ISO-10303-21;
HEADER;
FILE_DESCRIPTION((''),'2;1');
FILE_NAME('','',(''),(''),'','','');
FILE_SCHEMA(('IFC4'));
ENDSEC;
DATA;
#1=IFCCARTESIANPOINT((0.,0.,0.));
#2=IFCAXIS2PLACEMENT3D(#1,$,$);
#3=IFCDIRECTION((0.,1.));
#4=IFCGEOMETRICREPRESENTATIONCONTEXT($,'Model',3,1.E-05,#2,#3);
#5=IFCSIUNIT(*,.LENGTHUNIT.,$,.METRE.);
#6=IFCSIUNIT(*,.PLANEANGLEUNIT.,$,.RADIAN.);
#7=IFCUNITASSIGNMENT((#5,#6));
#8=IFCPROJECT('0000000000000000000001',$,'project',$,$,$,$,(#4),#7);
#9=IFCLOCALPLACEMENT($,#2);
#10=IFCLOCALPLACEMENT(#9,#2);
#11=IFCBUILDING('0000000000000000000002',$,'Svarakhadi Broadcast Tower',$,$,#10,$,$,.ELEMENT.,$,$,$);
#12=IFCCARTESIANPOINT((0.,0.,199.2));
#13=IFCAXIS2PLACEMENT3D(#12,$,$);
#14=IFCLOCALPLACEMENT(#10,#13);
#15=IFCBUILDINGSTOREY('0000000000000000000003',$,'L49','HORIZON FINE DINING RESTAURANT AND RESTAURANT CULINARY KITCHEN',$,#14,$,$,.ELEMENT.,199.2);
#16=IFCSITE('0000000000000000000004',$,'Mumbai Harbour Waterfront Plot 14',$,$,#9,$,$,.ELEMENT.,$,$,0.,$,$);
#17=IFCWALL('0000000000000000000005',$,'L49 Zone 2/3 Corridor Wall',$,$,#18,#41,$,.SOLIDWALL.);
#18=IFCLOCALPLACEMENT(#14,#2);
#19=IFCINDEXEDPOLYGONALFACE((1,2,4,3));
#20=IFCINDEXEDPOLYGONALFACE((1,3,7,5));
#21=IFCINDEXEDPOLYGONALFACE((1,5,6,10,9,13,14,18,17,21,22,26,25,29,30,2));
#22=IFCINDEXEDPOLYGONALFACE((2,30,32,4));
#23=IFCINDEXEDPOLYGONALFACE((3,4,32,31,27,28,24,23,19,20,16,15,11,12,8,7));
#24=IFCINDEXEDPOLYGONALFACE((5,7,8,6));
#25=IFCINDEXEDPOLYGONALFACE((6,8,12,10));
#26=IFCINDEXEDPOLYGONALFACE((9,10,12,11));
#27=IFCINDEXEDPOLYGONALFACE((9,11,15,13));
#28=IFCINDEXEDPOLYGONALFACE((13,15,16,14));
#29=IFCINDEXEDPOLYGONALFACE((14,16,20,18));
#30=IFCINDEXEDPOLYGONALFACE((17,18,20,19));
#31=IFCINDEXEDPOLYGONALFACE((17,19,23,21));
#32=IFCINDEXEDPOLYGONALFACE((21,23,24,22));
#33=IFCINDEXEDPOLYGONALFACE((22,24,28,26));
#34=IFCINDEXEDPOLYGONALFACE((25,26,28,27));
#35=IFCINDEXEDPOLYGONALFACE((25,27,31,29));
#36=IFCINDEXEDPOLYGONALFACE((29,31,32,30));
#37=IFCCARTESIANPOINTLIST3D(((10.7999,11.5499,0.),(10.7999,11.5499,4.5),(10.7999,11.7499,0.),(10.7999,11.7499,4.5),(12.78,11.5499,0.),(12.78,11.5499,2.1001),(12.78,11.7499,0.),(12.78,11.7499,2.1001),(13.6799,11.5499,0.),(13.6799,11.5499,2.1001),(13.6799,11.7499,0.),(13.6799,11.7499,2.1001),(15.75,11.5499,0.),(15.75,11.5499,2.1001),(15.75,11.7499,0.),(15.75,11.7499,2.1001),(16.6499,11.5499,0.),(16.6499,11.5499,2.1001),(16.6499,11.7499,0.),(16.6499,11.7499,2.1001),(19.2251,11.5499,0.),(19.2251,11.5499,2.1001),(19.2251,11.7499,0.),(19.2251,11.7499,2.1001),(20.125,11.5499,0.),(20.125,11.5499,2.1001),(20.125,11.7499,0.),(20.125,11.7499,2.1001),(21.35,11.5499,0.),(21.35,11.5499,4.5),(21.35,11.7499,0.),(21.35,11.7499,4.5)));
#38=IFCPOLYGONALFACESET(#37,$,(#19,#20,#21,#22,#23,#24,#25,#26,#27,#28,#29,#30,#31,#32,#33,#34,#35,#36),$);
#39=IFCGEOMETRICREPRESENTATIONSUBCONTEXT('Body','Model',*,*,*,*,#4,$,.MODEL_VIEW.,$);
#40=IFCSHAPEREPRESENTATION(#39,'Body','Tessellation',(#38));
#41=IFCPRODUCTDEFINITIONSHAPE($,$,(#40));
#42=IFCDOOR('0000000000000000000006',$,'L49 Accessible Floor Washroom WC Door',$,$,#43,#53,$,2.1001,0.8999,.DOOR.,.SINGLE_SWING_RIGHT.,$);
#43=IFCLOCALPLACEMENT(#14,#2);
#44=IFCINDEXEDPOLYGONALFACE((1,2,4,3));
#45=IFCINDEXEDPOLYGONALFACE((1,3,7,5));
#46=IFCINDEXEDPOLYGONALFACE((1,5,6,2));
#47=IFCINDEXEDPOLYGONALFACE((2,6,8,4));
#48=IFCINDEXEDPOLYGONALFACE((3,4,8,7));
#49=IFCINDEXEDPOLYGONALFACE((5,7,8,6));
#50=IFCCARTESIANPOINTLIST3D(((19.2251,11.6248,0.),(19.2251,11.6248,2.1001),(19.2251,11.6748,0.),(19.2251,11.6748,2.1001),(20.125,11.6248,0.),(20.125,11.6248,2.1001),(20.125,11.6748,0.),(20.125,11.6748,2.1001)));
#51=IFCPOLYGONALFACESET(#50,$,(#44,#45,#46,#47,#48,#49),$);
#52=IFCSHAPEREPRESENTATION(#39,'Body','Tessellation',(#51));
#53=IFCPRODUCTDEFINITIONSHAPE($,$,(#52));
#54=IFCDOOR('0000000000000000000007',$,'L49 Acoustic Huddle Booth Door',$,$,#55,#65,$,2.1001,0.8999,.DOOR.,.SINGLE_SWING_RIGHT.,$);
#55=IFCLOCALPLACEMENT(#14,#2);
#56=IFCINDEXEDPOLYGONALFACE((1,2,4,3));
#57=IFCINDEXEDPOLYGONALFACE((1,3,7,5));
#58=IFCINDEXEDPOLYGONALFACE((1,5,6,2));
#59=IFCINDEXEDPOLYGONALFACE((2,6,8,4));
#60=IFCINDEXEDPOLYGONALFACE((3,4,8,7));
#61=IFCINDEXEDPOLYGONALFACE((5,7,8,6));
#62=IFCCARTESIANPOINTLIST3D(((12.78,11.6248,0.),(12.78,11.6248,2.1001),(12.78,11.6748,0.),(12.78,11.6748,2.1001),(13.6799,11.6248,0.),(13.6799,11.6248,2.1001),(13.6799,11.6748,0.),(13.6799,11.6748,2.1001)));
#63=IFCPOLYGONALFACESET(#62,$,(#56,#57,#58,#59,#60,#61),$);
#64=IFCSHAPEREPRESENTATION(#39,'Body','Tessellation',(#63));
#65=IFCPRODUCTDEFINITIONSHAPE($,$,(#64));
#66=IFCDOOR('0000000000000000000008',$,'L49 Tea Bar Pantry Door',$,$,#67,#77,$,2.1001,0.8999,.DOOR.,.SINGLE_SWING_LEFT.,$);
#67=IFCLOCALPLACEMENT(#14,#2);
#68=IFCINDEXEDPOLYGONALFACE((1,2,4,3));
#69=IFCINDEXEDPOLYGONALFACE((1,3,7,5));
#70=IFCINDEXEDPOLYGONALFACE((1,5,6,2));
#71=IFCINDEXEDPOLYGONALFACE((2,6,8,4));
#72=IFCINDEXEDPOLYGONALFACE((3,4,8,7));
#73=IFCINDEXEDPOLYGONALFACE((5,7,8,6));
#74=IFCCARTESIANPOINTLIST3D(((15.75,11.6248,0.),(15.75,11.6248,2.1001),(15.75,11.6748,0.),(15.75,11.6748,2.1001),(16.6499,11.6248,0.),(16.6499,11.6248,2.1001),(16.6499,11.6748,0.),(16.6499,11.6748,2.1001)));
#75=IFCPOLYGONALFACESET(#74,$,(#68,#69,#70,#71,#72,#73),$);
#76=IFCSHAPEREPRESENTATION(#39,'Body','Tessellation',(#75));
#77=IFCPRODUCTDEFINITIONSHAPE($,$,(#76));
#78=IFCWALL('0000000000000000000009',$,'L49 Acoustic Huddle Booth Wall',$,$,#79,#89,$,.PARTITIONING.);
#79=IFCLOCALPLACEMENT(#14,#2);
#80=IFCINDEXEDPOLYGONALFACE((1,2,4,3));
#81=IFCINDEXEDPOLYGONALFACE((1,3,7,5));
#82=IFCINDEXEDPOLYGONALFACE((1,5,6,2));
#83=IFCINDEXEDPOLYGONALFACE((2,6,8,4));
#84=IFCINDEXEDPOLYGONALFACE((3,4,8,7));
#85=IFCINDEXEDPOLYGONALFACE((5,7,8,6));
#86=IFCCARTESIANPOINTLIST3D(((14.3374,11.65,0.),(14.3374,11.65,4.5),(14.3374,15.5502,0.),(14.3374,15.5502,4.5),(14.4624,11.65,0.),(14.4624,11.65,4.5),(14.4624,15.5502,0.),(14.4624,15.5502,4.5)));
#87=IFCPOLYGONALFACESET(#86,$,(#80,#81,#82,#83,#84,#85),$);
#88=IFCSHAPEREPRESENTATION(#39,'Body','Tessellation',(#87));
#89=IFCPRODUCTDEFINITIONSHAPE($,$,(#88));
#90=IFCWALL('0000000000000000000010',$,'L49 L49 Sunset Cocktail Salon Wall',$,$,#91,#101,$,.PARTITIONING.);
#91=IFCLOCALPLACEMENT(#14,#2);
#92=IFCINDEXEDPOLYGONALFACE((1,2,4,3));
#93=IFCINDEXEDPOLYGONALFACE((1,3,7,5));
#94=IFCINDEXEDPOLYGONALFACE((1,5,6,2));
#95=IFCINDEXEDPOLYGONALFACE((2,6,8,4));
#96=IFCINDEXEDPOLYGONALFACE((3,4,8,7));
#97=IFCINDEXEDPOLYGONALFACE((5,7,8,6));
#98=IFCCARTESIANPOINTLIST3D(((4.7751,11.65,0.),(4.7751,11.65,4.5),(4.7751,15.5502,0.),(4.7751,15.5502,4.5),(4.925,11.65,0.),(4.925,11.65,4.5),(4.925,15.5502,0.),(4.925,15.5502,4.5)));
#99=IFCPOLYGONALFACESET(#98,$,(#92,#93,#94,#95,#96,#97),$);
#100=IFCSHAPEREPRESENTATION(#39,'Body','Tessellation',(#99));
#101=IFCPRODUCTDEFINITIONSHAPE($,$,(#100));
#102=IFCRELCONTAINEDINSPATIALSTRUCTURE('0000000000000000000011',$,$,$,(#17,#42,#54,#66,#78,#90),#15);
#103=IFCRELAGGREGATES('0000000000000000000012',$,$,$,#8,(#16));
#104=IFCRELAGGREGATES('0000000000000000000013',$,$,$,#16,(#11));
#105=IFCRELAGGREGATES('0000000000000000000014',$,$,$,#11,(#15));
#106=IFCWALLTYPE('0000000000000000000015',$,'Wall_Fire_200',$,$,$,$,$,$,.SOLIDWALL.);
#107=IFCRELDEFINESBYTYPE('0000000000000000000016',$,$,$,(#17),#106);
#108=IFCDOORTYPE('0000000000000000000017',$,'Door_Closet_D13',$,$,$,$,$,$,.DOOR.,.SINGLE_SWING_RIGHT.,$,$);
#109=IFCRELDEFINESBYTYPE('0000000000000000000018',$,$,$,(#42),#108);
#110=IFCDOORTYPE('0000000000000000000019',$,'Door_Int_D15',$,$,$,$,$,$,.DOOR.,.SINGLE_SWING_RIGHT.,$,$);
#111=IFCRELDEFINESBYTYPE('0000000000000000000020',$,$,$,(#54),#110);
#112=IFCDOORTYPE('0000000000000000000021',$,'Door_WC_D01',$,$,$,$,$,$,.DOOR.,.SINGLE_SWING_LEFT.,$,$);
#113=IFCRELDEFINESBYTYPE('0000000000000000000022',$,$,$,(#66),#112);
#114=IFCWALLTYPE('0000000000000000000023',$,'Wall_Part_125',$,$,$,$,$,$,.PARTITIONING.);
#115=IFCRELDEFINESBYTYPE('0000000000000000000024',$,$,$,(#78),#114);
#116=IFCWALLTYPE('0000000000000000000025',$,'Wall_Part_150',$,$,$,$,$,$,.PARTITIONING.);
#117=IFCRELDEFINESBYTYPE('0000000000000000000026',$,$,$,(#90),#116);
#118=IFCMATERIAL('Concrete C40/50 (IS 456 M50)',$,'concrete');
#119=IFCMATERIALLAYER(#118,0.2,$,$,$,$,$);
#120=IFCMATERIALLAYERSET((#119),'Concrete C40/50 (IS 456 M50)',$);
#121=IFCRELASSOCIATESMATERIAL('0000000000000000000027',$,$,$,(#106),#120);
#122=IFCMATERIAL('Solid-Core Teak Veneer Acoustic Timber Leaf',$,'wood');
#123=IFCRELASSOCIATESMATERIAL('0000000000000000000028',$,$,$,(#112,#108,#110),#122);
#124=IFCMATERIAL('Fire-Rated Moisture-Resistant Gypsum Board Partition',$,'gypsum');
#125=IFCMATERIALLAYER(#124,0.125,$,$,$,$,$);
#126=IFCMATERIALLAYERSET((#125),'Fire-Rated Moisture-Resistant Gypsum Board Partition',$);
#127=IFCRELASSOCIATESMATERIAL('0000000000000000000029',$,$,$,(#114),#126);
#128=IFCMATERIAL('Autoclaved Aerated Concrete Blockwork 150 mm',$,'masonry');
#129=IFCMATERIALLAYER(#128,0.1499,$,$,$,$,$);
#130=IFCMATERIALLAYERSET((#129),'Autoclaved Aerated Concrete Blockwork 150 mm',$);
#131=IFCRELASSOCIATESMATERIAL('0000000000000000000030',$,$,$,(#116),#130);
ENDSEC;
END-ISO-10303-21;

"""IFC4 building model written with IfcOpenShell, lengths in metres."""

from ifc_helpers import new_model, si_unit, direction, frame, frame_2d, origin, place, context, subcontext, project, spatial, rectangle, extrude, material, layer, layer_set, type_object, element, fill, save


model = new_model("IFC4")

# Units and contexts
model_context = context("Model", 3, precision=1e-05, world=origin(), true_north=direction((0.0, 1.0)))
body_context = subcontext(model_context, "Body", "Model", "MODEL_VIEW")
ifc_project = project(units=[si_unit("LENGTHUNIT", "METRE"), si_unit("PLANEANGLEUNIT", "RADIAN")], contexts=[model_context])

# Site, building, storey
site_placement = place(None, origin())
site = spatial("IfcSite", under=ifc_project, at=site_placement, Name="Mumbai Harbour Waterfront Plot 14", CompositionType="ELEMENT", RefElevation=0.0)
building_placement = place(site_placement, origin())
building = spatial("IfcBuilding", under=site, at=building_placement, Name="Svarakhadi Broadcast Tower", CompositionType="ELEMENT")
storey_placement = place(building_placement, frame((0.0, 0.0, 199.2)))
storey = spatial("IfcBuildingStorey", under=building, at=storey_placement, Name="L49", Description="HORIZON FINE DINING RESTAURANT AND RESTAURANT CULINARY KITCHEN", CompositionType="ELEMENT", Elevation=199.2)

# Shared definitions
ifc_material_1 = material(Name="Concrete C40/50 (IS 456 M50)", Category="concrete")
ifc_layer_1 = layer(ifc_material_1, 0.2)
ifc_layer_set_1 = layer_set([ifc_layer_1], Name="Concrete C40/50 (IS 456 M50)")
wall_type_1 = type_object("IfcWallType", Name="Wall_Fire_200", PredefinedType="SOLIDWALL", material=ifc_layer_set_1)

# Shared definitions
ifc_material_2 = material(Name="Solid-Core Teak Veneer Acoustic Timber Leaf", Category="wood")
door_type_1 = type_object("IfcDoorType", Name="Door_WC_D01", OperationType="SINGLE_SWING_LEFT", PredefinedType="DOOR", material=ifc_material_2)

# Wall, openings, doors
wall_1_placement = place(storey_placement, frame((10.8, 11.6499, 0.0), z_axis=(0.0, 0.0, 1.0), x_axis=(1.0, 0.0, 0.0)))
wall_1 = element("IfcWall", 1, at=wall_1_placement, inside=storey, type_object=wall_type_1, Name="L49 Zone 2/3 Corridor Wall", PredefinedType="SOLIDWALL", context=body_context, shape_type="SweptSolid", body=[
    extrude(rectangle(XDim=10.55, YDim=0.2, at=frame_2d((5.2749, 0.0))), origin(), (0.0, 0.0, 1.0), 4.5),
])
opening_1_placement = place(wall_1_placement, frame((1.98, 0.0, 0.0)))
opening_1 = element("IfcOpeningElement", 2, at=opening_1_placement, cuts=wall_1, PredefinedType="OPENING", context=body_context, shape_type="SweptSolid", body=[
    extrude(rectangle(XDim=0.8999, YDim=2.1001, at=frame_2d((0.45, 1.05))), frame((0.0, 0.1099, 0.0), z_axis=(0.0, -1.0, 0.0), x_axis=(1.0, 0.0, 0.0)), (0.0, 0.0, 1.0), 0.22),
])
opening_2_placement = place(wall_1_placement, frame((4.95, 0.0, 0.0)))
opening_2 = element("IfcOpeningElement", 3, at=opening_2_placement, cuts=wall_1, PredefinedType="OPENING", context=body_context, shape_type="SweptSolid", body=[
    extrude(rectangle(XDim=0.8999, YDim=2.1001, at=frame_2d((0.45, 1.05))), frame((0.0, 0.1099, 0.0), z_axis=(0.0, -1.0, 0.0), x_axis=(1.0, 0.0, 0.0)), (0.0, 0.0, 1.0), 0.22),
])
opening_3_placement = place(wall_1_placement, frame((8.425, 0.0, 0.0)))
opening_3 = element("IfcOpeningElement", 4, at=opening_3_placement, cuts=wall_1, PredefinedType="OPENING", context=body_context, shape_type="SweptSolid", body=[
    extrude(rectangle(XDim=0.8999, YDim=2.1001, at=frame_2d((0.45, 1.05))), frame((0.0, 0.1099, 0.0), z_axis=(0.0, -1.0, 0.0), x_axis=(1.0, 0.0, 0.0)), (0.0, 0.0, 1.0), 0.22),
])
door_type_2 = type_object("IfcDoorType", Name="Door_Closet_D13", OperationType="SINGLE_SWING_RIGHT", PredefinedType="DOOR", material=ifc_material_2)
door_1_placement = place(opening_3_placement, origin())
door_1 = element("IfcDoor", 5, at=door_1_placement, inside=storey, type_object=door_type_2, Name="L49 Accessible Floor Washroom WC Door", OperationType="SINGLE_SWING_RIGHT", OverallHeight=2.1001, OverallWidth=0.8999, PredefinedType="DOOR", context=body_context, shape_type="SweptSolid", body=[
    extrude(rectangle(XDim=0.8999, YDim=2.1001, at=frame_2d((0.45, 1.05))), frame((0.0, 0.0249, 0.0), z_axis=(0.0, -1.0, 0.0), x_axis=(1.0, 0.0, 0.0)), (0.0, 0.0, 1.0), 0.05),
])
fill(opening_3, door_1)
door_type_3 = type_object("IfcDoorType", Name="Door_Int_D15", OperationType="SINGLE_SWING_RIGHT", PredefinedType="DOOR", material=ifc_material_2)
door_2_placement = place(opening_1_placement, origin())
door_2 = element("IfcDoor", 6, at=door_2_placement, inside=storey, type_object=door_type_3, Name="L49 Acoustic Huddle Booth Door", OperationType="SINGLE_SWING_RIGHT", OverallHeight=2.1001, OverallWidth=0.8999, PredefinedType="DOOR", context=body_context, shape_type="SweptSolid", body=[
    extrude(rectangle(XDim=0.8999, YDim=2.1001, at=frame_2d((0.45, 1.05))), frame((0.0, 0.0249, 0.0), z_axis=(0.0, -1.0, 0.0), x_axis=(1.0, 0.0, 0.0)), (0.0, 0.0, 1.0), 0.05),
])
fill(opening_1, door_2)
door_3_placement = place(opening_2_placement, origin())
door_3 = element("IfcDoor", 7, at=door_3_placement, inside=storey, type_object=door_type_1, Name="L49 Tea Bar Pantry Door", OperationType="SINGLE_SWING_LEFT", OverallHeight=2.1001, OverallWidth=0.8999, PredefinedType="DOOR", context=body_context, shape_type="SweptSolid", body=[
    extrude(rectangle(XDim=0.8999, YDim=2.1001, at=frame_2d((0.45, 1.05))), frame((0.0, 0.0249, 0.0), z_axis=(0.0, -1.0, 0.0), x_axis=(1.0, 0.0, 0.0)), (0.0, 0.0, 1.0), 0.05),
])
fill(opening_2, door_3)

# Walls
ifc_material_3 = material(Name="Fire-Rated Moisture-Resistant Gypsum Board Partition", Category="gypsum")
ifc_layer_2 = layer(ifc_material_3, 0.125)
ifc_layer_set_2 = layer_set([ifc_layer_2], Name="Fire-Rated Moisture-Resistant Gypsum Board Partition")
wall_type_2 = type_object("IfcWallType", Name="Wall_Part_125", PredefinedType="PARTITIONING", material=ifc_layer_set_2)
wall_2_placement = place(storey_placement, frame((14.3999, 11.6499, 0.0), z_axis=(0.0, 0.0, 1.0), x_axis=(0.0, 1.0, 0.0)))
element("IfcWall", 8, at=wall_2_placement, inside=storey, type_object=wall_type_2, Name="L49 Acoustic Huddle Booth Wall", PredefinedType="PARTITIONING", context=body_context, shape_type="SweptSolid", body=[
    extrude(rectangle(XDim=3.9001, YDim=0.125, at=frame_2d((1.9502, 0.0))), origin(), (0.0, 0.0, 1.0), 4.5),
])
ifc_material_4 = material(Name="Autoclaved Aerated Concrete Blockwork 150 mm", Category="masonry")
ifc_layer_3 = layer(ifc_material_4, 0.1499)
ifc_layer_set_3 = layer_set([ifc_layer_3], Name="Autoclaved Aerated Concrete Blockwork 150 mm")
wall_type_3 = type_object("IfcWallType", Name="Wall_Part_150", PredefinedType="PARTITIONING", material=ifc_layer_set_3)
wall_3_placement = place(storey_placement, frame((4.8501, 11.6499, 0.0), z_axis=(0.0, 0.0, 1.0), x_axis=(0.0, 1.0, 0.0)))
element("IfcWall", 9, at=wall_3_placement, inside=storey, type_object=wall_type_3, Name="L49 L49 Sunset Cocktail Salon Wall", PredefinedType="PARTITIONING", context=body_context, shape_type="SweptSolid", body=[
    extrude(rectangle(XDim=3.9001, YDim=0.1499, at=frame_2d((1.9502, 0.0))), origin(), (0.0, 0.0, 1.0), 4.5),
])

save(model, "model.ifc")
